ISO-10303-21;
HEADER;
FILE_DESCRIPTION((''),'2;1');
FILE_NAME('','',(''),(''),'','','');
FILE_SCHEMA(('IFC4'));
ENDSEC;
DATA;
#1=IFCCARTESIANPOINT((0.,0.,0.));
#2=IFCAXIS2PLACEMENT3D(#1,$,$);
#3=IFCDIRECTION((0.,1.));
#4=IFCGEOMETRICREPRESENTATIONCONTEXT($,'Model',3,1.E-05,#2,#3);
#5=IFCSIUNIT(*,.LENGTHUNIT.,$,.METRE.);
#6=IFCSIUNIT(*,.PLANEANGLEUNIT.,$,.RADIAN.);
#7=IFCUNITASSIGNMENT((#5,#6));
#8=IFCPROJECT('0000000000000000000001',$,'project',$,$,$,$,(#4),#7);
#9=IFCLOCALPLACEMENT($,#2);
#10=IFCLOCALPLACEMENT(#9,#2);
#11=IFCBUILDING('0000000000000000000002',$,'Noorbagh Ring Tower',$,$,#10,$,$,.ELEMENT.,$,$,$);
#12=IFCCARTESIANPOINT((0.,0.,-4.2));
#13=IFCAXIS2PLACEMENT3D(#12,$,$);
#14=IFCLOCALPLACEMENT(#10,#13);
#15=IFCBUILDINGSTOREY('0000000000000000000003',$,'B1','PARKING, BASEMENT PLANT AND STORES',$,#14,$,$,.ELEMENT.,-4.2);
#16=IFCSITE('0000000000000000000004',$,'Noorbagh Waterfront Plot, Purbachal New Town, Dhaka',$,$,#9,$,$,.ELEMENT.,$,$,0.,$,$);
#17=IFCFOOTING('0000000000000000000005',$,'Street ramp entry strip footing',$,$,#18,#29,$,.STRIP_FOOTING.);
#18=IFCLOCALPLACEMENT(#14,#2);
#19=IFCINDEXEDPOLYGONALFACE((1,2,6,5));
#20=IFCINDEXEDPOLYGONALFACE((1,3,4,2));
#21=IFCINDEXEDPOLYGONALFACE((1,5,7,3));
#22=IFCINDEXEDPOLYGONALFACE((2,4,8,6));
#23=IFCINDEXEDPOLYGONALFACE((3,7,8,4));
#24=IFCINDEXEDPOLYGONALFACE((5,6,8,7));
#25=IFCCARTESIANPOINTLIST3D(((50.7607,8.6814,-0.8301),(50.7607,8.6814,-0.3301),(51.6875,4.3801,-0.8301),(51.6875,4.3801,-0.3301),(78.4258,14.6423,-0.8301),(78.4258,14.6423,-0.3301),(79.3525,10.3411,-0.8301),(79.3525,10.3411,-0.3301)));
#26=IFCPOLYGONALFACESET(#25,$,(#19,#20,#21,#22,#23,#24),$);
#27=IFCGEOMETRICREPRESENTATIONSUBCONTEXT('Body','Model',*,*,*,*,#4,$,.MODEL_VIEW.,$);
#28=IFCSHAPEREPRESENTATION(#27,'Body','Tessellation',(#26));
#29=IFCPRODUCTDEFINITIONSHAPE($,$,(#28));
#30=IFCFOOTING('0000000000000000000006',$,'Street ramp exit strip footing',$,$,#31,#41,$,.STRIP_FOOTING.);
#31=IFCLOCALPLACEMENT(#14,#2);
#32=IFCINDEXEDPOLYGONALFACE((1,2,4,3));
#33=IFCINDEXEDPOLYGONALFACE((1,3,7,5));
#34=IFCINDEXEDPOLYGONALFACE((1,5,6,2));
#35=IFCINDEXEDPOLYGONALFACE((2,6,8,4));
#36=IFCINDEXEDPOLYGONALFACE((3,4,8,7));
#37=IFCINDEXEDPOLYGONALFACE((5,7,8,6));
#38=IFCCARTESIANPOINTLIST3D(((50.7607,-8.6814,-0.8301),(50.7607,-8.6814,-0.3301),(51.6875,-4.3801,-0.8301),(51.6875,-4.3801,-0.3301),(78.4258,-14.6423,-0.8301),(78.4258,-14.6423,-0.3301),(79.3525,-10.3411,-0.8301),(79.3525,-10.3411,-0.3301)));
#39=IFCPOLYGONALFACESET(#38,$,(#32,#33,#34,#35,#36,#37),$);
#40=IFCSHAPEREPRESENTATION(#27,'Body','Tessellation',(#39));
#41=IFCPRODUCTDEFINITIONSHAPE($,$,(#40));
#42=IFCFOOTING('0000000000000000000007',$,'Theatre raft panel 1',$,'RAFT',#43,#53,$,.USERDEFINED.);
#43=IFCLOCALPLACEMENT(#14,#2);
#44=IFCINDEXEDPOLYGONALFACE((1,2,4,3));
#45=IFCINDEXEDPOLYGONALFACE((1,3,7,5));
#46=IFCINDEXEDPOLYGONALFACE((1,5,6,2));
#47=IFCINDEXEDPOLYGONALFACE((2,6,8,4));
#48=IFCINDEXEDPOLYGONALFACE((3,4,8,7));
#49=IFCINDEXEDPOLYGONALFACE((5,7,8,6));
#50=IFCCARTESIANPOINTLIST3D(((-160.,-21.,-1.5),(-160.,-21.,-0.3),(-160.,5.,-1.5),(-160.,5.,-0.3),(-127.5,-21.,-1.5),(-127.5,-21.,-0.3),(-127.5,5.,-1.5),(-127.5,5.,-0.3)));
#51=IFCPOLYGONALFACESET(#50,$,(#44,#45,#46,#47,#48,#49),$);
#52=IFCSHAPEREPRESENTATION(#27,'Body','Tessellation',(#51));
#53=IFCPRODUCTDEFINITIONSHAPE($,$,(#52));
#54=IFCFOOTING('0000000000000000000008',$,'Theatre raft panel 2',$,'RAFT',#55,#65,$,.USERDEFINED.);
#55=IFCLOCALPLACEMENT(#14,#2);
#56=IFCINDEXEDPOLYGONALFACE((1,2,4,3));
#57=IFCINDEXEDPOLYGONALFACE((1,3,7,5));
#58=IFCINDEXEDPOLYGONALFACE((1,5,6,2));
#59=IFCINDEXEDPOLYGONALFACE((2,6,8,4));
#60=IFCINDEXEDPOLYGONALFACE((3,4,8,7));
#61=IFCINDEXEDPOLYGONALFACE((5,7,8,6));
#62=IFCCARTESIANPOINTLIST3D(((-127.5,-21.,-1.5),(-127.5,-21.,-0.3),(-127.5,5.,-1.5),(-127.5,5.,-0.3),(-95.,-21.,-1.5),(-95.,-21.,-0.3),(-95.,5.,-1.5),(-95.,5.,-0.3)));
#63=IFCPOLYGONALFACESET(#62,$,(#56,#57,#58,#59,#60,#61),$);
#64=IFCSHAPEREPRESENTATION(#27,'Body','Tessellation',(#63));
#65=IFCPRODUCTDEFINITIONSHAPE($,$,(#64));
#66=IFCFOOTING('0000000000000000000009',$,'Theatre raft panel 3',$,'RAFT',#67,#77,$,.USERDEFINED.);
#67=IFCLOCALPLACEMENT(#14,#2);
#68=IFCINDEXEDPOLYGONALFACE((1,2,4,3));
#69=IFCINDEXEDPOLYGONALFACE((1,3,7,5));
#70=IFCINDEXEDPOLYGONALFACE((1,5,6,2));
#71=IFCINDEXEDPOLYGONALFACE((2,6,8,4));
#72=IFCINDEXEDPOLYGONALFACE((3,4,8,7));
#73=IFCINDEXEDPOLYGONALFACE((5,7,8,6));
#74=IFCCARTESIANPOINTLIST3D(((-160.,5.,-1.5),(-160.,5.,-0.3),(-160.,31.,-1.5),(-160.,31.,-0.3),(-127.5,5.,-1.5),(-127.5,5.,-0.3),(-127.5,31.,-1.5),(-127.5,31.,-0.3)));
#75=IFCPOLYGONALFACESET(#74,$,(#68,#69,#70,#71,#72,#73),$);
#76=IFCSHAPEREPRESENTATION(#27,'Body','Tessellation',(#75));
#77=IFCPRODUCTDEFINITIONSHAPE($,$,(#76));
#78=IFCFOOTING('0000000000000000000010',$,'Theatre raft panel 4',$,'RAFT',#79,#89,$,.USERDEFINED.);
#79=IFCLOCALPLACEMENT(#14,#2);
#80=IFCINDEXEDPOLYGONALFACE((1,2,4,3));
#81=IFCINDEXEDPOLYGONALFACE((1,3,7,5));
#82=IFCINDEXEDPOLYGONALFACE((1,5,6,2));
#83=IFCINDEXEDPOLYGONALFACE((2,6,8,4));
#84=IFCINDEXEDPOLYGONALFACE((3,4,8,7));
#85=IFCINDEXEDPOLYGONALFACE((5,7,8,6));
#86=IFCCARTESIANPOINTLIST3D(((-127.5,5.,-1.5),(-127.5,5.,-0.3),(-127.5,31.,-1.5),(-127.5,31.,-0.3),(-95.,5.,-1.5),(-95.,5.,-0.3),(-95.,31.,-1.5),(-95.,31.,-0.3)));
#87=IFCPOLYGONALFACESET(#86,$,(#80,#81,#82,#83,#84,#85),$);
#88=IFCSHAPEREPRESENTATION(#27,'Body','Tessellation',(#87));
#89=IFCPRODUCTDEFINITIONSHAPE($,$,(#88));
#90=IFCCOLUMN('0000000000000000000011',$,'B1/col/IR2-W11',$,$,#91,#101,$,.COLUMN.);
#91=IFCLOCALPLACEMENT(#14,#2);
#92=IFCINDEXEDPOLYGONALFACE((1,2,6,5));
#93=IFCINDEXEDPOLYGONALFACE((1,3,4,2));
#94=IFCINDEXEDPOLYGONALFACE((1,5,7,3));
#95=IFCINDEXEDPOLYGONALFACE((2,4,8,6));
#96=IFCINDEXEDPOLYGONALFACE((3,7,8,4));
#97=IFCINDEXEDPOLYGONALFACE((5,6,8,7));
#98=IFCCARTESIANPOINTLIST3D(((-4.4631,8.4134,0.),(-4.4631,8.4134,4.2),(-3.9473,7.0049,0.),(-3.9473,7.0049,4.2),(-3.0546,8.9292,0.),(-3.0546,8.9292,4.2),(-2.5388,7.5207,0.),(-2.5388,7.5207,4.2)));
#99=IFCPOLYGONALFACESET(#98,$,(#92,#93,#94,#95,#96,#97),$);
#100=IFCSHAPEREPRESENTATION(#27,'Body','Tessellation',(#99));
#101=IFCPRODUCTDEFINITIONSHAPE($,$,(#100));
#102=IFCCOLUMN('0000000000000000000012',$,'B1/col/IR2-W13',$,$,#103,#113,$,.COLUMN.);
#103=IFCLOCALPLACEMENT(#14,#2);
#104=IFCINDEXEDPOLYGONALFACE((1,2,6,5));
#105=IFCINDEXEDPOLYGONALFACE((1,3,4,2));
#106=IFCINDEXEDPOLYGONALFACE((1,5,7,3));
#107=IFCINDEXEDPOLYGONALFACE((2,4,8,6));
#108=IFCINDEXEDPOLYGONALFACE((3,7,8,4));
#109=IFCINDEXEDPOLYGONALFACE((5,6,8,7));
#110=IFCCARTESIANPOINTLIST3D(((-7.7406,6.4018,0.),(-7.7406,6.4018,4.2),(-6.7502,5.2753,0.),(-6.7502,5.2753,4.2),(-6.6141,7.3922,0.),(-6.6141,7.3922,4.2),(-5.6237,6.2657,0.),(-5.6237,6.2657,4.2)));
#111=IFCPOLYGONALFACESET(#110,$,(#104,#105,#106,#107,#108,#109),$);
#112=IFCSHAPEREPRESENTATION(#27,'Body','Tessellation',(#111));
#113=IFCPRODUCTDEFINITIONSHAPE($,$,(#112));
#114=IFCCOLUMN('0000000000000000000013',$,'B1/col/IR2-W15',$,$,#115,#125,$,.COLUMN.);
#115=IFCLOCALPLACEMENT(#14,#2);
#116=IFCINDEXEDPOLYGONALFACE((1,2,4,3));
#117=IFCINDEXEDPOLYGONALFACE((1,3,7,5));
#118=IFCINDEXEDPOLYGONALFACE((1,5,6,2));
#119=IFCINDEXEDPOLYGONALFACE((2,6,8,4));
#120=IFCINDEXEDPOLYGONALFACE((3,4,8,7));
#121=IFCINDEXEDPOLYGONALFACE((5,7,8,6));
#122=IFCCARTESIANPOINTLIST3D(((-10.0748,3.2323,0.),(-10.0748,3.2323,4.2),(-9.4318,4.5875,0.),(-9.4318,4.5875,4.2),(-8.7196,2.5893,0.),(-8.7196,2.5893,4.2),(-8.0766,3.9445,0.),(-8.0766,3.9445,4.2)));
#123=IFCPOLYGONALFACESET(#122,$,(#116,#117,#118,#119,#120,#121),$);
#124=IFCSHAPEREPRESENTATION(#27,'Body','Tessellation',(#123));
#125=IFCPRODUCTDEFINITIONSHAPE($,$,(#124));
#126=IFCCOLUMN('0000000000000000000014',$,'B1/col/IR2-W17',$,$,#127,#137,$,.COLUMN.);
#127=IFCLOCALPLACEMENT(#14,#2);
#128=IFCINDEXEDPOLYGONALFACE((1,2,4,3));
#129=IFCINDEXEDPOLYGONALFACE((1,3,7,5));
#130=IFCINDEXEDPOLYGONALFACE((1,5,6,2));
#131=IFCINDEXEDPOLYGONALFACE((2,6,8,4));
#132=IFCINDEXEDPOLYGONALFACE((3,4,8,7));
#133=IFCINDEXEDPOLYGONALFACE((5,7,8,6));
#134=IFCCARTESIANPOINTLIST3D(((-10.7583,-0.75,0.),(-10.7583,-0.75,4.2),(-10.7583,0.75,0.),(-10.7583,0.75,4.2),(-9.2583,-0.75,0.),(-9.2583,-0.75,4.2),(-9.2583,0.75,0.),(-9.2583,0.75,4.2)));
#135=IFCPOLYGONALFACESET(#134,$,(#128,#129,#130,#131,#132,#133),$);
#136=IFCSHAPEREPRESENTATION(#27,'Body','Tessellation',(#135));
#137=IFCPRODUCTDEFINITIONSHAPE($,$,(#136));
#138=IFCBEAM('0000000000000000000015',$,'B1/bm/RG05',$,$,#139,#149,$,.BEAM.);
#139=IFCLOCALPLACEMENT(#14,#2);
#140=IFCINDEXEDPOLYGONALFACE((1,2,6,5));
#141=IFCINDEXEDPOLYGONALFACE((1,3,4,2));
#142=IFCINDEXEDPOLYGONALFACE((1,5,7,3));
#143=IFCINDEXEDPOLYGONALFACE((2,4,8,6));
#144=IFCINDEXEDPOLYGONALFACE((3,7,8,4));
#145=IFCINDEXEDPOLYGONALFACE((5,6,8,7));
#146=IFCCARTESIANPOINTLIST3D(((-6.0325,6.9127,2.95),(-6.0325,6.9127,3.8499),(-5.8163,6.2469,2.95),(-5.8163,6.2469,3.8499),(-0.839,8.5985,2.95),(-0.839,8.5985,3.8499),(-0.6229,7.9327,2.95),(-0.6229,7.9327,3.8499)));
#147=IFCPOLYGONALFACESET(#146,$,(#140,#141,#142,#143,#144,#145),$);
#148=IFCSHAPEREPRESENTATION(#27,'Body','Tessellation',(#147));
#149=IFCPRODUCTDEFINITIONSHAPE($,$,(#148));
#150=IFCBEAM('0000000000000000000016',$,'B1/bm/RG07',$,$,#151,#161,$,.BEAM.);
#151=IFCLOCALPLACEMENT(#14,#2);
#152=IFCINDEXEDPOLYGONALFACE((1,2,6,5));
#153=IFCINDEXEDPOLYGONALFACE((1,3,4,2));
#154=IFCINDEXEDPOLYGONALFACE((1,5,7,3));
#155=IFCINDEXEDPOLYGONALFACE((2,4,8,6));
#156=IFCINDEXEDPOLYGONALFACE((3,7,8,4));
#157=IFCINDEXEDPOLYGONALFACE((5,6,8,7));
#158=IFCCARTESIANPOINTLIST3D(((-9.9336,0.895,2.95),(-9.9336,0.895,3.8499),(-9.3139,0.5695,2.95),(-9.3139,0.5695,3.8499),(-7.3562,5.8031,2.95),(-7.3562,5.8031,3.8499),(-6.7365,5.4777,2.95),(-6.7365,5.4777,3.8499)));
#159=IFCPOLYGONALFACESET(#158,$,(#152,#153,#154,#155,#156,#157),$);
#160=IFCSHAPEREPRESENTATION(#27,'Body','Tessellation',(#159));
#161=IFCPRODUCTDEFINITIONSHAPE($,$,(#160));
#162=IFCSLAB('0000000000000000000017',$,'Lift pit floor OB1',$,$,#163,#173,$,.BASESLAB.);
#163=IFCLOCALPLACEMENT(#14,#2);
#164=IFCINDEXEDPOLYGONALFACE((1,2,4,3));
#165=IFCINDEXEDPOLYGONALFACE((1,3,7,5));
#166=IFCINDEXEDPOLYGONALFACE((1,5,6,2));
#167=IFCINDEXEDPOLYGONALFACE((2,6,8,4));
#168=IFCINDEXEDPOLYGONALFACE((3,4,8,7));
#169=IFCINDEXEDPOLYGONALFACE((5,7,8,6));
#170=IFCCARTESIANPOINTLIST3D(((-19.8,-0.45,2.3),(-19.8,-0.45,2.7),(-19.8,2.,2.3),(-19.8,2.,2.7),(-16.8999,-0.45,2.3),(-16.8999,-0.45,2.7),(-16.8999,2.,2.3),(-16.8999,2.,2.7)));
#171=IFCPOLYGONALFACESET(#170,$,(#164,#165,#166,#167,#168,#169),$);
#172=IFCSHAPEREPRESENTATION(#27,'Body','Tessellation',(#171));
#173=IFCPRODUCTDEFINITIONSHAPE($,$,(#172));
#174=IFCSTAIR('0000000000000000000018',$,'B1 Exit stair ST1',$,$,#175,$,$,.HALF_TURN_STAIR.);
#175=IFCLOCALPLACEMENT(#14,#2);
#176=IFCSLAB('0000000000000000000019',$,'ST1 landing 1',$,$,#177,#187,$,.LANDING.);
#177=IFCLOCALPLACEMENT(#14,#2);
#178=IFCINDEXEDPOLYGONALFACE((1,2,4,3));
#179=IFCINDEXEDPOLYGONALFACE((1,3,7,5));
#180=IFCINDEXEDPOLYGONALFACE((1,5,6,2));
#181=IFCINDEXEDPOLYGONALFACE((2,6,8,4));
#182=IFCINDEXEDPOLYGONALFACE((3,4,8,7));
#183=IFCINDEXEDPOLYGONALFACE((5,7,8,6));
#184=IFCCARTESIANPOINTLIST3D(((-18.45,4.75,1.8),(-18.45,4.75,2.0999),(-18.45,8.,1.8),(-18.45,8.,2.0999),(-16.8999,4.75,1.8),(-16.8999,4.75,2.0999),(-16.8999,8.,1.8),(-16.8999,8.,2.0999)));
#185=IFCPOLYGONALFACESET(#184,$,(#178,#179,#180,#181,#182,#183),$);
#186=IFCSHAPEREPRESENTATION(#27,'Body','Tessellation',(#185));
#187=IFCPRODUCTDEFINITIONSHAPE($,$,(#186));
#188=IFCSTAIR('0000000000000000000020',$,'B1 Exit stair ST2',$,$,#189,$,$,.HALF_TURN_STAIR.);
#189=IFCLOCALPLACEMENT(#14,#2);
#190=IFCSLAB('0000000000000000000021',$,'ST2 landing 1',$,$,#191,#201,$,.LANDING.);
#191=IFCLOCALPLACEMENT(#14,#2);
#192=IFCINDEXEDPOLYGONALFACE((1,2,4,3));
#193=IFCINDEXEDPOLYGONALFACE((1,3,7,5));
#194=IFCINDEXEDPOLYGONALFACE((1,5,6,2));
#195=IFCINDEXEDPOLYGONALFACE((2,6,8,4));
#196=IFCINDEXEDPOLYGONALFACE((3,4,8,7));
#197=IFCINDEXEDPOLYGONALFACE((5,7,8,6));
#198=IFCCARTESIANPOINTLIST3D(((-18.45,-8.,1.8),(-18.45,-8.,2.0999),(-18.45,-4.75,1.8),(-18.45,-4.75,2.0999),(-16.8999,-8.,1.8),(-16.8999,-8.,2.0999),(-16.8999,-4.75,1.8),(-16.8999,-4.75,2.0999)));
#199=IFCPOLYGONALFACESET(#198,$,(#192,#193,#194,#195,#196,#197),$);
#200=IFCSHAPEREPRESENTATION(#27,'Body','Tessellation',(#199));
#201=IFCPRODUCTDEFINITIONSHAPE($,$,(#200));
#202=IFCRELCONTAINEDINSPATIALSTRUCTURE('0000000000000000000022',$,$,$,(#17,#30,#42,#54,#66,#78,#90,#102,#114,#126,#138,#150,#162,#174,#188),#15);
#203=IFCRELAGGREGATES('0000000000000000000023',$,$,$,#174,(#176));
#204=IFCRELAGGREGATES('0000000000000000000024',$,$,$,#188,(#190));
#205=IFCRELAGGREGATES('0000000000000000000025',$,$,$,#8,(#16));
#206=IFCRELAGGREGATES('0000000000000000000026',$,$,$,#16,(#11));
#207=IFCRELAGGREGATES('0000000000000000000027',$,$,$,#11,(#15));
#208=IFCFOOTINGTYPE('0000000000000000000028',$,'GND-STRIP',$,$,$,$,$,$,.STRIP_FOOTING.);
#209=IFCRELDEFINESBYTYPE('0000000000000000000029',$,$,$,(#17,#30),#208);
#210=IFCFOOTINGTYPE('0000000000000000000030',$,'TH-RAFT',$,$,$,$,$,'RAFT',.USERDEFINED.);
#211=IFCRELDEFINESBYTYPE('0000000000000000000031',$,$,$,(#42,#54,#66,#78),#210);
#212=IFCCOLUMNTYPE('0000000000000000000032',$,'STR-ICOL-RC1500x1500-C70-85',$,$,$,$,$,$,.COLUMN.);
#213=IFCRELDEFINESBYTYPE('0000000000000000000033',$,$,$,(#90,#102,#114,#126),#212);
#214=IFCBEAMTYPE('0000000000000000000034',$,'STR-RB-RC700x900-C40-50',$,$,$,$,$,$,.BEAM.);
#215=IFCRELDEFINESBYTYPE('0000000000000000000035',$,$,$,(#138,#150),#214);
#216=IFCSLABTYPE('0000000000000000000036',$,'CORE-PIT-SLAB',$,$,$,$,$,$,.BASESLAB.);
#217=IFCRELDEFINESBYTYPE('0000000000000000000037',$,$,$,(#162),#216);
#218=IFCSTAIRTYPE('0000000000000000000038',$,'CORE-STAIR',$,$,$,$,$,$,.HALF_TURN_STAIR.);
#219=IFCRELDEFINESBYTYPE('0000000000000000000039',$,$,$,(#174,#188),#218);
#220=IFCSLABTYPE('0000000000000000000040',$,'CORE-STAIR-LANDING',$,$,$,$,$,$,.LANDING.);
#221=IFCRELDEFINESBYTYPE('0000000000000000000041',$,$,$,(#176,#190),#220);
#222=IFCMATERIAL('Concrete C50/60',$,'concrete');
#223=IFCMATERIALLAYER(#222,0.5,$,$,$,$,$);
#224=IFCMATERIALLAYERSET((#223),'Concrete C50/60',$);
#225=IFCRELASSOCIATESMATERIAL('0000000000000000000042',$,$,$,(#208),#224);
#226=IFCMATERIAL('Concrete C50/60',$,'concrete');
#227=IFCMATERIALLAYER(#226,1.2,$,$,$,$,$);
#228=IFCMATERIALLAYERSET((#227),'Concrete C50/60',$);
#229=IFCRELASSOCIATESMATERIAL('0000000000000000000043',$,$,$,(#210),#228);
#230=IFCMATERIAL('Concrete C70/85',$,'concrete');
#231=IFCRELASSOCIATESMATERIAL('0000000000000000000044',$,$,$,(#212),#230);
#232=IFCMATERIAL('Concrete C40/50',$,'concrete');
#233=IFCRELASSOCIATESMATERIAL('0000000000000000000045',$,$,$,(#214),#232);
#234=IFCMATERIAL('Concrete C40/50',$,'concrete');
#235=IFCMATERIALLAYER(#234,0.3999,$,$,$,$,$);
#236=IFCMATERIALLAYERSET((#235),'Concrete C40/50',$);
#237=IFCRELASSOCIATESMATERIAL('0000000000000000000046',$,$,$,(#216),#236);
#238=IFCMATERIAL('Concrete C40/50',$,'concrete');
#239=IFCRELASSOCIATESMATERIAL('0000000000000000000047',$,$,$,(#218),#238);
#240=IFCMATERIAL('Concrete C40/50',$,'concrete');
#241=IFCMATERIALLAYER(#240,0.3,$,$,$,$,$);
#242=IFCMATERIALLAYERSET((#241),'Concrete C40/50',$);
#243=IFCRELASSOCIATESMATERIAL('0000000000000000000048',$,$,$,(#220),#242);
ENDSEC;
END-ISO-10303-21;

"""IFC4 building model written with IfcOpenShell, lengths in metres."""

from ifc_helpers import new_model, si_unit, direction, frame, origin, origin_2d, place, context, subcontext, project, spatial, polyline, rectangle, outline, extrude, material, layer, layer_set, material_profile, profile_set, type_object, element, aggregate, save


model = new_model("IFC4")

# Units and contexts
model_context = context("Model", 3, precision=1e-05, world=origin(), true_north=direction((0.0, 1.0)))
body_context = subcontext(model_context, "Body", "Model", "MODEL_VIEW")
ifc_project = project(units=[si_unit("LENGTHUNIT", "METRE"), si_unit("PLANEANGLEUNIT", "RADIAN")], contexts=[model_context])

# Site, building, storey
site_placement = place(None, origin())
site = spatial("IfcSite", under=ifc_project, at=site_placement, Name="Noorbagh Waterfront Plot, Purbachal New Town, Dhaka", CompositionType="ELEMENT", RefElevation=0.0)
building_placement = place(site_placement, origin())
building = spatial("IfcBuilding", under=site, at=building_placement, Name="Noorbagh Ring Tower", CompositionType="ELEMENT")
storey_placement = place(building_placement, frame((0.0, 0.0, -4.2)))
storey = spatial("IfcBuildingStorey", under=building, at=storey_placement, Name="B1", Description="PARKING, BASEMENT PLANT AND STORES", CompositionType="ELEMENT", Elevation=-4.2)

# Footings
ifc_material_1 = material(Name="Concrete C50/60", Category="concrete")
ifc_layer_1 = layer(ifc_material_1, 0.5)
ifc_layer_set_1 = layer_set([ifc_layer_1], Name="Concrete C50/60")
footing_type_1 = type_object("IfcFootingType", Name="GND-STRIP", PredefinedType="STRIP_FOOTING", material=ifc_layer_set_1)
footing_1_placement = place(storey_placement, frame((0.0, 0.0, -0.8301)))
element("IfcFooting", 1, at=footing_1_placement, inside=storey, type_object=footing_type_1, Name="Street ramp entry strip footing", PredefinedType="STRIP_FOOTING", context=body_context, shape_type="SweptSolid", body=[
    extrude(outline(polyline([(51.6875, 4.3801), (79.3525, 10.3411), (78.4258, 14.6423), (50.7607, 8.6814), (51.6875, 4.3801)])), origin(), (0.0, 0.0, 1.0), 0.5),
])
footing_2_placement = place(storey_placement, frame((0.0, 0.0, -0.8301)))
element("IfcFooting", 2, at=footing_2_placement, inside=storey, type_object=footing_type_1, Name="Street ramp exit strip footing", PredefinedType="STRIP_FOOTING", context=body_context, shape_type="SweptSolid", body=[
    extrude(outline(polyline([(50.7607, -8.6814), (78.4258, -14.6423), (79.3525, -10.3411), (51.6875, -4.3801), (50.7607, -8.6814)])), origin(), (0.0, 0.0, 1.0), 0.5),
])
ifc_material_2 = material(Name="Concrete C50/60", Category="concrete")
ifc_layer_2 = layer(ifc_material_2, 1.2)
ifc_layer_set_2 = layer_set([ifc_layer_2], Name="Concrete C50/60")
footing_type_2 = type_object("IfcFootingType", Name="TH-RAFT", ElementType="RAFT", PredefinedType="USERDEFINED", material=ifc_layer_set_2)
footing_3_placement = place(storey_placement, frame((0.0, 0.0, -1.5)))
element("IfcFooting", 3, at=footing_3_placement, inside=storey, type_object=footing_type_2, Name="Theatre raft panel 1", ObjectType="RAFT", PredefinedType="USERDEFINED", context=body_context, shape_type="SweptSolid", body=[
    extrude(outline(polyline([(-160.0, -21.0), (-127.5, -21.0), (-127.5, 5.0), (-160.0, 5.0), (-160.0, -21.0)])), origin(), (0.0, 0.0, 1.0), 1.2),
])
footing_4_placement = place(storey_placement, frame((0.0, 0.0, -1.5)))
element("IfcFooting", 4, at=footing_4_placement, inside=storey, type_object=footing_type_2, Name="Theatre raft panel 2", ObjectType="RAFT", PredefinedType="USERDEFINED", context=body_context, shape_type="SweptSolid", body=[
    extrude(outline(polyline([(-127.5, -21.0), (-95.0, -21.0), (-95.0, 5.0), (-127.5, 5.0), (-127.5, -21.0)])), origin(), (0.0, 0.0, 1.0), 1.2),
])
footing_5_placement = place(storey_placement, frame((0.0, 0.0, -1.5)))
element("IfcFooting", 5, at=footing_5_placement, inside=storey, type_object=footing_type_2, Name="Theatre raft panel 3", ObjectType="RAFT", PredefinedType="USERDEFINED", context=body_context, shape_type="SweptSolid", body=[
    extrude(outline(polyline([(-160.0, 5.0), (-127.5, 5.0), (-127.5, 31.0), (-160.0, 31.0), (-160.0, 5.0)])), origin(), (0.0, 0.0, 1.0), 1.2),
])
footing_6_placement = place(storey_placement, frame((0.0, 0.0, -1.5)))
element("IfcFooting", 6, at=footing_6_placement, inside=storey, type_object=footing_type_2, Name="Theatre raft panel 4", ObjectType="RAFT", PredefinedType="USERDEFINED", context=body_context, shape_type="SweptSolid", body=[
    extrude(outline(polyline([(-127.5, 5.0), (-95.0, 5.0), (-95.0, 31.0), (-127.5, 31.0), (-127.5, 5.0)])), origin(), (0.0, 0.0, 1.0), 1.2),
])

# Columns
ifc_material_3 = material(Name="Concrete C70/85", Category="concrete")
ifc_material_profile_1 = material_profile(ifc_material_3, rectangle(XDim=1.5, YDim=1.5, at=origin_2d()), Name="RC1500x1500")
ifc_profile_set_1 = profile_set([ifc_material_profile_1], Name="Concrete C70/85")
column_type = type_object("IfcColumnType", Name="STR-ICOL-RC1500x1500-C70-85", PredefinedType="COLUMN", material=ifc_profile_set_1)
for number, where, z_axis, x_axis, name in (
    (7, (-3.501, 7.967, 0.0), (0.0, 0.0, 1.0), (-0.93902, -0.343864, 0.0), "B1/col/IR2-W11"),
    (8, (-6.6821, 6.3337, 0.0), (0.0, 0.0, 1.0), (-0.751022, -0.660277, 0.0), "B1/col/IR2-W13"),
    (9, (-9.0757, 3.5884, 0.0), (0.0, 0.0, 1.0), (-0.428667, -0.903463, 0.0), "B1/col/IR2-W15"),
    (10, (-10.0083, 0.0, 0.0), (0.0, 0.0, 1.0), (0.0, -1.0, 0.0), "B1/col/IR2-W17"),
):
    element("IfcColumn", number, at=place(storey_placement, frame(where, z_axis=z_axis, x_axis=x_axis)), inside=storey, type_object=column_type, Name=name, PredefinedType="COLUMN", context=body_context, shape_type="SweptSolid", body=[
        extrude(rectangle(XDim=1.5, YDim=1.5, at=origin_2d()), origin(), (0.0, 0.0, 1.0), 4.2),
    ])

# Beams
ifc_material_4 = material(Name="Concrete C40/50", Category="concrete")
ifc_material_profile_2 = material_profile(ifc_material_4, rectangle(XDim=0.7, YDim=0.8999, at=origin_2d()), Name="RC700x900")
ifc_profile_set_2 = profile_set([ifc_material_profile_2], Name="Concrete C40/50")
beam_type = type_object("IfcBeamType", Name="STR-RB-RC700x900-C40-50", PredefinedType="BEAM", material=ifc_profile_set_2)
beam_1_placement = place(storey_placement, frame((-0.731, 8.2656, 3.3999), z_axis=(-0.951144, -0.308746, 0.0), x_axis=(0.308746, -0.951144, 0.0)))
element("IfcBeam", 11, at=beam_1_placement, inside=storey, type_object=beam_type, Name="B1/bm/RG05", PredefinedType="BEAM", context=body_context, shape_type="SweptSolid", body=[
    extrude(rectangle(XDim=0.7, YDim=0.8999, at=origin_2d()), origin(), (0.0, 0.0, 1.0), 5.4602),
])
beam_2_placement = place(storey_placement, frame((-7.0464, 5.6404, 3.3999), z_axis=(-0.464917, -0.885354, 0.0), x_axis=(0.885354, -0.464917, 0.0)))
element("IfcBeam", 12, at=beam_2_placement, inside=storey, type_object=beam_type, Name="B1/bm/RG07", PredefinedType="BEAM", context=body_context, shape_type="SweptSolid", body=[
    extrude(rectangle(XDim=0.7, YDim=0.8999, at=origin_2d()), origin(), (0.0, 0.0, 1.0), 5.5437),
])

# Slab
ifc_material_5 = material(Name="Concrete C40/50", Category="concrete")
ifc_layer_3 = layer(ifc_material_5, 0.3999)
ifc_layer_set_3 = layer_set([ifc_layer_3], Name="Concrete C40/50")
slab_type_1 = type_object("IfcSlabType", Name="CORE-PIT-SLAB", PredefinedType="BASESLAB", material=ifc_layer_set_3)
slab_1_placement = place(storey_placement, frame((0.0, 0.0, 2.3)))
element("IfcSlab", 13, at=slab_1_placement, inside=storey, type_object=slab_type_1, Name="Lift pit floor OB1", PredefinedType="BASESLAB", context=body_context, shape_type="SweptSolid", body=[
    extrude(outline(polyline([(-16.8999, 2.0), (-19.8, 2.0), (-19.8, -0.45), (-16.8999, -0.45), (-16.8999, 2.0)])), origin(), (0.0, 0.0, 1.0), 0.3999),
])

# Stairs, slabs
ifc_material_6 = material(Name="Concrete C40/50", Category="concrete")
stair_type_1 = type_object("IfcStairType", Name="CORE-STAIR", PredefinedType="HALF_TURN_STAIR", material=ifc_material_6)
stair_1_placement = place(storey_placement, origin())
stair_1 = element("IfcStair", 14, at=stair_1_placement, inside=storey, type_object=stair_type_1, Name="B1 Exit stair ST1", PredefinedType="HALF_TURN_STAIR")
ifc_material_7 = material(Name="Concrete C40/50", Category="concrete")
ifc_layer_4 = layer(ifc_material_7, 0.3)
ifc_layer_set_4 = layer_set([ifc_layer_4], Name="Concrete C40/50")
slab_type_2 = type_object("IfcSlabType", Name="CORE-STAIR-LANDING", PredefinedType="LANDING", material=ifc_layer_set_4)
slab_2_placement = place(storey_placement, frame((0.0, 0.0, 1.8)))
slab_2 = element("IfcSlab", 15, at=slab_2_placement, type_object=slab_type_2, Name="ST1 landing 1", PredefinedType="LANDING", context=body_context, shape_type="SweptSolid", body=[
    extrude(outline(polyline([(-18.45, 4.75), (-16.8999, 4.75), (-16.8999, 8.0), (-18.45, 8.0), (-18.45, 4.75)])), origin(), (0.0, 0.0, 1.0), 0.2998),
])
aggregate(stair_1, [slab_2])
stair_2_placement = place(storey_placement, origin())
stair_2 = element("IfcStair", 16, at=stair_2_placement, inside=storey, type_object=stair_type_1, Name="B1 Exit stair ST2", PredefinedType="HALF_TURN_STAIR")
slab_3_placement = place(storey_placement, frame((0.0, 0.0, 1.8)))
slab_3 = element("IfcSlab", 17, at=slab_3_placement, type_object=slab_type_2, Name="ST2 landing 1", PredefinedType="LANDING", context=body_context, shape_type="SweptSolid", body=[
    extrude(outline(polyline([(-18.45, -8.0), (-16.8999, -8.0), (-16.8999, -4.75), (-18.45, -4.75), (-18.45, -8.0)])), origin(), (0.0, 0.0, 1.0), 0.2998),
])
aggregate(stair_2, [slab_3])

save(model, "model.ifc")
